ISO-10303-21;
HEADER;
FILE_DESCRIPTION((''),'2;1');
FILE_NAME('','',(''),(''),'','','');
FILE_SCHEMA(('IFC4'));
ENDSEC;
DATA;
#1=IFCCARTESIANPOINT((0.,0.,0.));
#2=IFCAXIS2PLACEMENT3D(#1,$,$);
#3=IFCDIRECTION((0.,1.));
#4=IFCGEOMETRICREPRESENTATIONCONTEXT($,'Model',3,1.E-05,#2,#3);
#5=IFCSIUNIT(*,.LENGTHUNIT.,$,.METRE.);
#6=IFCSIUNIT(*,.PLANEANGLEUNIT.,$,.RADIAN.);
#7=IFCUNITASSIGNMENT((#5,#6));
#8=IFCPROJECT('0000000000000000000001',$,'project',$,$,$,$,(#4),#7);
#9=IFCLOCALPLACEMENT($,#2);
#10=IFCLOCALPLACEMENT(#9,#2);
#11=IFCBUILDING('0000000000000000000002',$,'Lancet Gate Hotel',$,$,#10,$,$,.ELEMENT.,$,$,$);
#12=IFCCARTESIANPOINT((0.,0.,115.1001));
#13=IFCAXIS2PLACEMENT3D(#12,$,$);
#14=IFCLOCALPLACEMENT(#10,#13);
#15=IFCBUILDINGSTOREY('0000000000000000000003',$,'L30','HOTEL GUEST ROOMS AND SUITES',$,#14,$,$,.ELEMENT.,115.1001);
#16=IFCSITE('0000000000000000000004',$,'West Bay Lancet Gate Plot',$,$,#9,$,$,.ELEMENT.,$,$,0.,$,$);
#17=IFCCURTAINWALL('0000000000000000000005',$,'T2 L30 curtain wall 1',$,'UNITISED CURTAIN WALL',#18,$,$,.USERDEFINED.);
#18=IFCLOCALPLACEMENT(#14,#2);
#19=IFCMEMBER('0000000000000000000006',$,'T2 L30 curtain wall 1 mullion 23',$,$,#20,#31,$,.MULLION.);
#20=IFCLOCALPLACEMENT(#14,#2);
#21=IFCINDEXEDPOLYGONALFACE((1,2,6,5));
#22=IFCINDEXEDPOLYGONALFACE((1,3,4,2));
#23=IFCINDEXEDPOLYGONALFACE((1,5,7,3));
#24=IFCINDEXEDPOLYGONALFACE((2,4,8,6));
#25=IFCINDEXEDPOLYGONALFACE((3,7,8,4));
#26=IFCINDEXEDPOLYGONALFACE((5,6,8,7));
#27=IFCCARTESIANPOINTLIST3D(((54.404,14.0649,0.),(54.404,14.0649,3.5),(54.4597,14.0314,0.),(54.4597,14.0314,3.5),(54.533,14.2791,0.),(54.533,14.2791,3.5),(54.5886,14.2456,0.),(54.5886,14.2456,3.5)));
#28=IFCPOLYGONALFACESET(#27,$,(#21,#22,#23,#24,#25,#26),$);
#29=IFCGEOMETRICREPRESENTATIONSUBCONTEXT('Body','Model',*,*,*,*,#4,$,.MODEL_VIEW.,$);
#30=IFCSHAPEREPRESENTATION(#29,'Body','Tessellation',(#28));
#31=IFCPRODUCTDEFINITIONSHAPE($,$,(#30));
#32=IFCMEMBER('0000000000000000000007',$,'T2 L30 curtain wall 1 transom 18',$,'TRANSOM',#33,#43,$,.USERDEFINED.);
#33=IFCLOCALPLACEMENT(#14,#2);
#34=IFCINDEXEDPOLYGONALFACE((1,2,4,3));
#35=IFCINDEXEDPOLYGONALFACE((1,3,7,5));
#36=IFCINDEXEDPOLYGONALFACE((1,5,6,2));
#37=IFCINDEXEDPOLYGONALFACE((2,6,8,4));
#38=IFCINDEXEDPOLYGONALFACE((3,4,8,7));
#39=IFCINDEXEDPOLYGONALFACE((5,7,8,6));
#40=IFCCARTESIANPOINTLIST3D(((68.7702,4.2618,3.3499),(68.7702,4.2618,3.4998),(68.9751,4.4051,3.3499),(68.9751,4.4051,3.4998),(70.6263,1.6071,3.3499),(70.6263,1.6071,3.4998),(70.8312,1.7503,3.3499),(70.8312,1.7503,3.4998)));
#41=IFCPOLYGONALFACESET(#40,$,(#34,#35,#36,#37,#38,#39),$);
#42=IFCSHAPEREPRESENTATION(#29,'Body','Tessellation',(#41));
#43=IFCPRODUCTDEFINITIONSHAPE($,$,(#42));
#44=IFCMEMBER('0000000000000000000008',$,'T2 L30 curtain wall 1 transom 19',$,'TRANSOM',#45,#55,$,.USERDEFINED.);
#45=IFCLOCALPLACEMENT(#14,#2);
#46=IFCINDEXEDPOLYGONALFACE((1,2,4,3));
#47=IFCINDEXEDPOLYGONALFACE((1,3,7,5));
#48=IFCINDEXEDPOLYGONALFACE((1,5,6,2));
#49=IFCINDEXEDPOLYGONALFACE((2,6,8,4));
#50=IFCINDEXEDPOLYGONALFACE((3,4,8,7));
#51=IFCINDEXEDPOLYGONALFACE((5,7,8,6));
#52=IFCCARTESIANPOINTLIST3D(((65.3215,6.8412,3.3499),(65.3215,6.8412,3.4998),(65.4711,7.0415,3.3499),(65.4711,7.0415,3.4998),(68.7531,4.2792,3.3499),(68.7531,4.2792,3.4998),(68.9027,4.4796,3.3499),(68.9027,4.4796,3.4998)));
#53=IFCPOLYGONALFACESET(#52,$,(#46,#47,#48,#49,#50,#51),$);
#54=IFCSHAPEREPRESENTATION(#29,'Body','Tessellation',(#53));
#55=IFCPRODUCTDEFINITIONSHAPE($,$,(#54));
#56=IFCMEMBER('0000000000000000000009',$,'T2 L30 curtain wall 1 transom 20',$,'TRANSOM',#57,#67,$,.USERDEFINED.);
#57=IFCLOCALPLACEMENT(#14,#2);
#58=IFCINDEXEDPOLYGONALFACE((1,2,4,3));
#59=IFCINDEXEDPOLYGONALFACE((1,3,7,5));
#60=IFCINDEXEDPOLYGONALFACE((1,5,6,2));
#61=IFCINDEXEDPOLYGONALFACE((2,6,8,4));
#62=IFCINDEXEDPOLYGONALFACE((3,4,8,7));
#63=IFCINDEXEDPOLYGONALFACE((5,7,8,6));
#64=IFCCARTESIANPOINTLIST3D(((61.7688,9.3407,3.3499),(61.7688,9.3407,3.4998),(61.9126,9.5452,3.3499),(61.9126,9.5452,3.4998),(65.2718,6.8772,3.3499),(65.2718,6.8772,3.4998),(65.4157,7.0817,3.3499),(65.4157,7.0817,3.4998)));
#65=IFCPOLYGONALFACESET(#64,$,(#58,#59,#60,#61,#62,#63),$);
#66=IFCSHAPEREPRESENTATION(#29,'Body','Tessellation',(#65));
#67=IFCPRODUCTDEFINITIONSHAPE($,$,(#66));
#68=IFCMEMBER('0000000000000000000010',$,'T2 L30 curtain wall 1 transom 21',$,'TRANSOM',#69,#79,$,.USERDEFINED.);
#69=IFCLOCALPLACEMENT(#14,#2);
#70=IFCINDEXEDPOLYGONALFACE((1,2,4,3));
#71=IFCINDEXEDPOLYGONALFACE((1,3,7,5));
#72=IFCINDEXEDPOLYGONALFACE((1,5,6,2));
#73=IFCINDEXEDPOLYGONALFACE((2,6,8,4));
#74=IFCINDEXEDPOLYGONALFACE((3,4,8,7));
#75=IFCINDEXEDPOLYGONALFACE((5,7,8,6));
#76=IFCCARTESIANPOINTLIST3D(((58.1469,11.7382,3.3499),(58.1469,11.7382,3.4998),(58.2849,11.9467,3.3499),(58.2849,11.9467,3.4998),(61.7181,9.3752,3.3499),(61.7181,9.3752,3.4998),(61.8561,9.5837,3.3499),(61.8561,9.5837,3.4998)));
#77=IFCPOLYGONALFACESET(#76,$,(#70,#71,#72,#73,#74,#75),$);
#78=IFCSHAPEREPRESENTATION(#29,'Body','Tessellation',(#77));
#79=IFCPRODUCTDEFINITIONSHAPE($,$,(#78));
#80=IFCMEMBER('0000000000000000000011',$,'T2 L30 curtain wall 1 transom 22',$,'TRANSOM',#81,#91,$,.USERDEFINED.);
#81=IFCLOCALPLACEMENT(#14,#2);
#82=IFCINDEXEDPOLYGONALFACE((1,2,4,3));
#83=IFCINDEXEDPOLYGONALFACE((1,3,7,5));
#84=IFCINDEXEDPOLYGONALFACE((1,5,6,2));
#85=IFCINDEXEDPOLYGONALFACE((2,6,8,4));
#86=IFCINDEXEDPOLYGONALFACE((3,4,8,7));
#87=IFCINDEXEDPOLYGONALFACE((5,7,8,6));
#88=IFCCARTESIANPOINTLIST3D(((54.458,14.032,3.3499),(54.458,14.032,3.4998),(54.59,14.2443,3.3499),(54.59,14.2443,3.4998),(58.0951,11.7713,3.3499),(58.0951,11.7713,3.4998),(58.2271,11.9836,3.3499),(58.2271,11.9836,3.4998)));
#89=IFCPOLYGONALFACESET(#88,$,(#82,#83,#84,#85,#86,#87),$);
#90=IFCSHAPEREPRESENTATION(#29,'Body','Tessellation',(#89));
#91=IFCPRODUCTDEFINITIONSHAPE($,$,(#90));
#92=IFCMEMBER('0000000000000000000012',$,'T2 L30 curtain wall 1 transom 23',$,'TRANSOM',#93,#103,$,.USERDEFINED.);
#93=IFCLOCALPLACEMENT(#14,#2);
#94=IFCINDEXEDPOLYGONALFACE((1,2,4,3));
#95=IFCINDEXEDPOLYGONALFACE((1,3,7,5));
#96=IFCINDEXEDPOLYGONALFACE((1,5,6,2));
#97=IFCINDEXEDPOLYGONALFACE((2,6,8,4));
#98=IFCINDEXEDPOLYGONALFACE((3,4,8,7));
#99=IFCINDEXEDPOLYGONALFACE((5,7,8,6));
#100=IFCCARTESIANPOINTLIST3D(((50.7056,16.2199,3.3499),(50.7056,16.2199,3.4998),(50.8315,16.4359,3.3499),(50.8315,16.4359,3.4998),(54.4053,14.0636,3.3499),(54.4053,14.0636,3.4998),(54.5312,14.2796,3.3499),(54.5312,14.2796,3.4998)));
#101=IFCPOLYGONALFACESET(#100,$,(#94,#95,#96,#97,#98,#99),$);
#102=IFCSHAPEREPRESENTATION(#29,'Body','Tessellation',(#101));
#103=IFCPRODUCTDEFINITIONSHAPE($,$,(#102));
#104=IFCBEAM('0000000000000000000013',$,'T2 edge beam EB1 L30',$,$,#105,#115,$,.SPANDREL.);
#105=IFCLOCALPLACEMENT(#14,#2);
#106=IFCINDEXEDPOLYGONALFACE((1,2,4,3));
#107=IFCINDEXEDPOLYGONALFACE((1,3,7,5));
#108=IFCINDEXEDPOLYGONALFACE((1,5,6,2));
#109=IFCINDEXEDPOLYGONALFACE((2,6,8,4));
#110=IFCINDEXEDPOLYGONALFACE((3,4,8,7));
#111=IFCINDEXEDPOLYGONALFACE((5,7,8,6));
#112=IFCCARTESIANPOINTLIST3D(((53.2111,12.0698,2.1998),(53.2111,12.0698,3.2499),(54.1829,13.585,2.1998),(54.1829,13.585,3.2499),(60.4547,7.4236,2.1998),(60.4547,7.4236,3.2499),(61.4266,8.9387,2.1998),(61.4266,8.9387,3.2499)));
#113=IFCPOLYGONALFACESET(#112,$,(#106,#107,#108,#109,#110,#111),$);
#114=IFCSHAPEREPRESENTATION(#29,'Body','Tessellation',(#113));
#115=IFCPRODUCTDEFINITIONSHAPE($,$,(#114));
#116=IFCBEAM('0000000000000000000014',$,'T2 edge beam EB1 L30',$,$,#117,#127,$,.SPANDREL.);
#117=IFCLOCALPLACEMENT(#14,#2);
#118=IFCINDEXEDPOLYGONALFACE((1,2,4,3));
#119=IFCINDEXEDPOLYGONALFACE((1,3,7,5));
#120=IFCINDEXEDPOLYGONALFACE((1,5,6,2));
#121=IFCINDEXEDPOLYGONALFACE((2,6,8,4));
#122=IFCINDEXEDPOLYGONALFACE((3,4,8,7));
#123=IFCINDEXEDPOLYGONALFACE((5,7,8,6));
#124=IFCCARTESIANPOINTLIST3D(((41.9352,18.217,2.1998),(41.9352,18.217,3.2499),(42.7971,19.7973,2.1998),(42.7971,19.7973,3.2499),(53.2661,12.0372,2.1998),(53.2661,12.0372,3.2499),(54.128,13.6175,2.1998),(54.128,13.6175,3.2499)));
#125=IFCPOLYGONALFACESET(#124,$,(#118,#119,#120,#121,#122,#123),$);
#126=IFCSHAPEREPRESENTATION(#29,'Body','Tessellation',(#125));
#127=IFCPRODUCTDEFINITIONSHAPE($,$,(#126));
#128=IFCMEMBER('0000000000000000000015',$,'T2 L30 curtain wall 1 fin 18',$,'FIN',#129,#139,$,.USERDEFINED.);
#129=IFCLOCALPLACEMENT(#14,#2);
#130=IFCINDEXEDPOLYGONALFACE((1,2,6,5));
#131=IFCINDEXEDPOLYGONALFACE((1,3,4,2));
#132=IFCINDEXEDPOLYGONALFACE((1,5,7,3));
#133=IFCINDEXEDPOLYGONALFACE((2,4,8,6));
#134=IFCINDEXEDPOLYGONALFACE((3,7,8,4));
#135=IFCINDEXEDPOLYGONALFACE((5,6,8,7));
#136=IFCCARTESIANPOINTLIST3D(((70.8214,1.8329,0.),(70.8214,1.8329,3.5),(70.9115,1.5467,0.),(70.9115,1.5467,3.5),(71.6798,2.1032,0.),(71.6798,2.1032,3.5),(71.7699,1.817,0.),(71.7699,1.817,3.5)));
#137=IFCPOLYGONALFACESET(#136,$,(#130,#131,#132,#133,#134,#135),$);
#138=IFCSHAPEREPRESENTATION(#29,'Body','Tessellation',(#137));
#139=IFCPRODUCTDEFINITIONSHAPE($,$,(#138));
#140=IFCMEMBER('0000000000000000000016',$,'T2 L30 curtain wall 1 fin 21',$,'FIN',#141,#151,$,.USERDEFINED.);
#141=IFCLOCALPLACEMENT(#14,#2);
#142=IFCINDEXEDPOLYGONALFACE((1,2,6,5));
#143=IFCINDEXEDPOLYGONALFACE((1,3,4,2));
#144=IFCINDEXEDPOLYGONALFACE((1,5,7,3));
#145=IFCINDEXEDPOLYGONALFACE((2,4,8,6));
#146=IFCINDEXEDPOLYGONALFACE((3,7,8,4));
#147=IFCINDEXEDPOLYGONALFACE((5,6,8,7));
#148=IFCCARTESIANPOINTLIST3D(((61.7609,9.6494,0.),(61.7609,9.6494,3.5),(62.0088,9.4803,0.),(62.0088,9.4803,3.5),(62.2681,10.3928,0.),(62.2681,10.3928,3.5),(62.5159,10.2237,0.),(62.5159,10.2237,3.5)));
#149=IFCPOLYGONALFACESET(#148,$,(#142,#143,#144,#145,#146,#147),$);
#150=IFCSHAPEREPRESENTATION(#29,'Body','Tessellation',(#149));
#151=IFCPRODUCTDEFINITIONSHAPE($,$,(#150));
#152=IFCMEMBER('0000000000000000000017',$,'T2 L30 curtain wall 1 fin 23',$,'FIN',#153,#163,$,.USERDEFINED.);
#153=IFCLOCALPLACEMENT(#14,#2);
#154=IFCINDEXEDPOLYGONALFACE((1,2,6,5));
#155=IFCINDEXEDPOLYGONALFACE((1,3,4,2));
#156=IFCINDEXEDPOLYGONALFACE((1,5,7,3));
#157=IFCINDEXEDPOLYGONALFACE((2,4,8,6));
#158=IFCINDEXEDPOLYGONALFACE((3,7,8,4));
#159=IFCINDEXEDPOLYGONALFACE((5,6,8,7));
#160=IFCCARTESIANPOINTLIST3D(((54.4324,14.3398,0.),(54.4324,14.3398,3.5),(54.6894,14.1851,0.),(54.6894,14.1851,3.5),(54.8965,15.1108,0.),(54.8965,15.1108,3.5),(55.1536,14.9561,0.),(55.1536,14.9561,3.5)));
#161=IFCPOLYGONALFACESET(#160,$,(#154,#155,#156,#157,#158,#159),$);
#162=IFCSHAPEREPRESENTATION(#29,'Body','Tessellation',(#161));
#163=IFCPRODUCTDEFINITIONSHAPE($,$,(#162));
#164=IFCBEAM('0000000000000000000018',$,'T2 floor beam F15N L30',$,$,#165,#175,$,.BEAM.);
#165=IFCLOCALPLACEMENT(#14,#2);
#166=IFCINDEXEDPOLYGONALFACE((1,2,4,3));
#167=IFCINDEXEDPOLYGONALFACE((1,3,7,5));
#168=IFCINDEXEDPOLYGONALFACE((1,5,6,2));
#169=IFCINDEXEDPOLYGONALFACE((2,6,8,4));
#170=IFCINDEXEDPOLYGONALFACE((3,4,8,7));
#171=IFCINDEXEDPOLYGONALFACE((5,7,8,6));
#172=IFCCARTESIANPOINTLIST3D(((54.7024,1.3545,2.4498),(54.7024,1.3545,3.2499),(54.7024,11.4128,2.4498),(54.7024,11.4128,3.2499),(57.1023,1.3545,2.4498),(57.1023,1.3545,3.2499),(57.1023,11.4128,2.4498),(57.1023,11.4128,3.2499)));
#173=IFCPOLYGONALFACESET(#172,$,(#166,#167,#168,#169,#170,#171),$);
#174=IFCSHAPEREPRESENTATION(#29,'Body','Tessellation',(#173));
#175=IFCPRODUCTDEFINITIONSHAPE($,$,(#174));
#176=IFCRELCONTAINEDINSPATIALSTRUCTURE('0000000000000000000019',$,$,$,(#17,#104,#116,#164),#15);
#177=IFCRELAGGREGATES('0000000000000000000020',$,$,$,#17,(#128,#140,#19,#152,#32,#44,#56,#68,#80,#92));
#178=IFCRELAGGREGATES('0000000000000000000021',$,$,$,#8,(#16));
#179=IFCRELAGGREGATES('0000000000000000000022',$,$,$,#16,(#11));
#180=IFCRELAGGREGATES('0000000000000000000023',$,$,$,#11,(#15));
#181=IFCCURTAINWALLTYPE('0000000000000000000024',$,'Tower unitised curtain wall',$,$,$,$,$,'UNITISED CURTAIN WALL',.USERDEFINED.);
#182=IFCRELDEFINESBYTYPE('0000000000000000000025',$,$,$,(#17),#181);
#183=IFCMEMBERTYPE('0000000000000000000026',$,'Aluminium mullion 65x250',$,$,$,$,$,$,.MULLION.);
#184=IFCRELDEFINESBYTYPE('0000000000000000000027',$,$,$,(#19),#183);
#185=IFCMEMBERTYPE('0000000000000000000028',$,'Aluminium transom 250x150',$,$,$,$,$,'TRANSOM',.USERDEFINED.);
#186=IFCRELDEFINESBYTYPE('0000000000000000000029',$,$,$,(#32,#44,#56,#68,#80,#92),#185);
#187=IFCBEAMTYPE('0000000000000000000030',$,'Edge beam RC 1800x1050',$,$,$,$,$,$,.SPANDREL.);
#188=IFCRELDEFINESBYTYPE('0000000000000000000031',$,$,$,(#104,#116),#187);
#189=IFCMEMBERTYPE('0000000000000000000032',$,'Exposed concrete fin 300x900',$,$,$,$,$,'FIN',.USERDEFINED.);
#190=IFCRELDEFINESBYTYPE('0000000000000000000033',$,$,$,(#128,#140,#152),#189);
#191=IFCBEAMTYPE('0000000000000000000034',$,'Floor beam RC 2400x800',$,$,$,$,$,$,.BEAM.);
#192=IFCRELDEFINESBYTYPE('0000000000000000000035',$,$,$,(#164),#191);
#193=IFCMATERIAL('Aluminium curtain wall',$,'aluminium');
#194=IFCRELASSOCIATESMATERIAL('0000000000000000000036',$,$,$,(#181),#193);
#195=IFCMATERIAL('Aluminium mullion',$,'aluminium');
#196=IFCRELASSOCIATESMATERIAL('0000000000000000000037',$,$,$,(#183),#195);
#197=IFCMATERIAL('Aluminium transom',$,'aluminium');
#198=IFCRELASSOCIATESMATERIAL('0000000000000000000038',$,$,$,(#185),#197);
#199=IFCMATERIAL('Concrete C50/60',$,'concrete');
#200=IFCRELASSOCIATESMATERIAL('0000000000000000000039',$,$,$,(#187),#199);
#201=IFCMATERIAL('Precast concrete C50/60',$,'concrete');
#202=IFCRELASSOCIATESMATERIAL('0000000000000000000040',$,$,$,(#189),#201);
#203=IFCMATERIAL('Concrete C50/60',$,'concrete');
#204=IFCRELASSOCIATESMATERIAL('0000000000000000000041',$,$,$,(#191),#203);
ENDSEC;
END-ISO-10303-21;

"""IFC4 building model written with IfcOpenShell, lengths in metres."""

from ifc_helpers import new_model, si_unit, direction, frame, origin, origin_2d, place, context, subcontext, project, spatial, rectangle, extrude, material, material_profile, profile_set, type_object, element, aggregate, save


model = new_model("IFC4")

# Units and contexts
model_context = context("Model", 3, precision=1e-05, world=origin(), true_north=direction((0.0, 1.0)))
body_context = subcontext(model_context, "Body", "Model", "MODEL_VIEW")
ifc_project = project(units=[si_unit("LENGTHUNIT", "METRE"), si_unit("PLANEANGLEUNIT", "RADIAN")], contexts=[model_context])

# Site, building, storey
site_placement = place(None, origin())
site = spatial("IfcSite", under=ifc_project, at=site_placement, Name="West Bay Lancet Gate Plot", CompositionType="ELEMENT", RefElevation=0.0)
building_placement = place(site_placement, origin())
building = spatial("IfcBuilding", under=site, at=building_placement, Name="Lancet Gate Hotel", CompositionType="ELEMENT")
storey_placement = place(building_placement, frame((0.0, 0.0, 115.1001)))
storey = spatial("IfcBuildingStorey", under=building, at=storey_placement, Name="L30", Description="HOTEL GUEST ROOMS AND SUITES", CompositionType="ELEMENT", Elevation=115.1001)

# Curtain wall, members
ifc_material_1 = material(Name="Aluminium curtain wall", Category="aluminium")
curtain_wall_type = type_object("IfcCurtainWallType", Name="Tower unitised curtain wall", ElementType="UNITISED CURTAIN WALL", PredefinedType="USERDEFINED", material=ifc_material_1)
curtain_wall_placement = place(storey_placement, origin())
curtain_wall = element("IfcCurtainWall", 1, at=curtain_wall_placement, inside=storey, type_object=curtain_wall_type, Name="T2 L30 curtain wall 1", ObjectType="UNITISED CURTAIN WALL", PredefinedType="USERDEFINED")
ifc_material_2 = material(Name="Aluminium mullion", Category="aluminium")
ifc_material_profile_1 = material_profile(ifc_material_2, rectangle(XDim=0.0649, YDim=0.25, at=origin_2d()), Name="MULLION 65x250")
ifc_profile_set_1 = profile_set([ifc_material_profile_1], Name="Aluminium mullion")
member_type_1 = type_object("IfcMemberType", Name="Aluminium mullion 65x250", PredefinedType="MULLION", material=ifc_profile_set_1)
member_1_placement = place(storey_placement, frame((54.4963, 14.1553, 0.0), z_axis=(0.0, 0.0, 1.0), x_axis=(-0.856728, 0.515768, 0.0)))
member_1 = element("IfcMember", 2, at=member_1_placement, type_object=member_type_1, Name="T2 L30 curtain wall 1 mullion 23", PredefinedType="MULLION", context=body_context, shape_type="SweptSolid", body=[
    extrude(rectangle(XDim=0.0649, YDim=0.25, at=origin_2d()), origin(), (0.0, 0.0, 1.0), 3.5),
])
ifc_material_3 = material(Name="Aluminium transom", Category="aluminium")
ifc_material_profile_2 = material_profile(ifc_material_3, rectangle(XDim=0.25, YDim=0.1499, at=origin_2d()), Name="TRANSOM 250x150")
ifc_profile_set_2 = profile_set([ifc_material_profile_2], Name="Aluminium transom")
member_type_2 = type_object("IfcMemberType", Name="Aluminium transom 250x150", ElementType="TRANSOM", PredefinedType="USERDEFINED", material=ifc_profile_set_2)
member_2_placement = place(storey_placement, frame((70.7288, 1.6787, 3.4248), z_axis=(-0.573017, 0.819543, 0.0), x_axis=(-0.819543, -0.573017, 0.0)))
member_2 = element("IfcMember", 3, at=member_2_placement, type_object=member_type_2, Name="T2 L30 curtain wall 1 transom 18", ObjectType="TRANSOM", PredefinedType="USERDEFINED", context=body_context, shape_type="SweptSolid", body=[
    extrude(rectangle(XDim=0.25, YDim=0.1499, at=origin_2d()), origin(), (0.0, 0.0, 1.0), 3.2393),
])
member_3_placement = place(storey_placement, frame((68.8279, 4.3794, 3.4248), z_axis=(-0.801312, 0.598247, 0.0), x_axis=(-0.598247, -0.801312, 0.0)))
member_3 = element("IfcMember", 4, at=member_3_placement, type_object=member_type_2, Name="T2 L30 curtain wall 1 transom 19", ObjectType="TRANSOM", PredefinedType="USERDEFINED", context=body_context, shape_type="SweptSolid", body=[
    extrude(rectangle(XDim=0.25, YDim=0.1499, at=origin_2d()), origin(), (0.0, 0.0, 1.0), 4.2825),
])
member_4_placement = place(storey_placement, frame((65.3438, 6.9795, 3.4248), z_axis=(-0.817987, 0.575236, 0.0), x_axis=(-0.575236, -0.817987, 0.0)))
member_4 = element("IfcMember", 5, at=member_4_placement, type_object=member_type_2, Name="T2 L30 curtain wall 1 transom 20", ObjectType="TRANSOM", PredefinedType="USERDEFINED", context=body_context, shape_type="SweptSolid", body=[
    extrude(rectangle(XDim=0.25, YDim=0.1499, at=origin_2d()), origin(), (0.0, 0.0, 1.0), 4.2825),
])
member_5_placement = place(storey_placement, frame((61.7871, 9.4795, 3.4248), z_axis=(-0.833966, 0.551816, 0.0), x_axis=(-0.551816, -0.833966, 0.0)))
member_5 = element("IfcMember", 6, at=member_5_placement, type_object=member_type_2, Name="T2 L30 curtain wall 1 transom 21", ObjectType="TRANSOM", PredefinedType="USERDEFINED", context=body_context, shape_type="SweptSolid", body=[
    extrude(rectangle(XDim=0.25, YDim=0.1499, at=origin_2d()), origin(), (0.0, 0.0, 1.0), 4.2822),
])
member_6_placement = place(storey_placement, frame((58.1611, 11.8774, 3.4248), z_axis=(-0.849309, 0.527896, 0.0), x_axis=(-0.527896, -0.849309, 0.0)))
member_6 = element("IfcMember", 7, at=member_6_placement, type_object=member_type_2, Name="T2 L30 curtain wall 1 transom 22", ObjectType="TRANSOM", PredefinedType="USERDEFINED", context=body_context, shape_type="SweptSolid", body=[
    extrude(rectangle(XDim=0.25, YDim=0.1499, at=origin_2d()), origin(), (0.0, 0.0, 1.0), 4.2825),
])
member_7_placement = place(storey_placement, frame((54.4683, 14.1716, 3.4248), z_axis=(-0.863973, 0.503538, 0.0), x_axis=(-0.503538, -0.863973, 0.0)))
member_7 = element("IfcMember", 8, at=member_7_placement, type_object=member_type_2, Name="T2 L30 curtain wall 1 transom 23", ObjectType="TRANSOM", PredefinedType="USERDEFINED", context=body_context, shape_type="SweptSolid", body=[
    extrude(rectangle(XDim=0.25, YDim=0.1499, at=origin_2d()), origin(), (0.0, 0.0, 1.0), 4.2822),
])

# Beams
ifc_material_4 = material(Name="Concrete C50/60", Category="concrete")
ifc_material_profile_3 = material_profile(ifc_material_4, rectangle(XDim=1.8, YDim=1.05, at=origin_2d()), Name="RC 1800x1050")
ifc_profile_set_3 = profile_set([ifc_material_profile_3], Name="Concrete C50/60")
beam_type_1 = type_object("IfcBeamType", Name="Edge beam RC 1800x1050", PredefinedType="SPANDREL", material=ifc_profile_set_3)
beam_1_placement = place(storey_placement, frame((60.9407, 8.1812, 2.7249), z_axis=(-0.841727, 0.539903, 0.0), x_axis=(-0.539903, -0.841727, 0.0)))
element("IfcBeam", 9, at=beam_1_placement, inside=storey, type_object=beam_type_1, Name="T2 edge beam EB1 L30", PredefinedType="SPANDREL", context=body_context, shape_type="SweptSolid", body=[
    extrude(rectangle(XDim=1.8, YDim=1.05, at=origin_2d()), origin(), (0.0, 0.0, 1.0), 8.6057),
])
beam_2_placement = place(storey_placement, frame((53.697, 12.8274, 2.7249), z_axis=(-0.87792, 0.478807, 0.0), x_axis=(-0.478807, -0.87792, 0.0)))
element("IfcBeam", 10, at=beam_2_placement, inside=storey, type_object=beam_type_1, Name="T2 edge beam EB1 L30", PredefinedType="SPANDREL", context=body_context, shape_type="SweptSolid", body=[
    extrude(rectangle(XDim=1.8, YDim=1.05, at=origin_2d()), origin(), (0.0, 0.0, 1.0), 12.9065),
])

# Members
ifc_material_5 = material(Name="Precast concrete C50/60", Category="concrete")
ifc_material_profile_4 = material_profile(ifc_material_5, rectangle(XDim=0.3, YDim=0.8999, at=origin_2d()), Name="FIN 300x900")
ifc_profile_set_4 = profile_set([ifc_material_profile_4], Name="Precast concrete C50/60")
member_type_3 = type_object("IfcMemberType", Name="Exposed concrete fin 300x900", ElementType="FIN", PredefinedType="USERDEFINED", material=ifc_profile_set_4)
member_8_placement = place(storey_placement, frame((71.2957, 1.825, 0.0), z_axis=(0.0, 0.0, 1.0), x_axis=(-0.300385, 0.953818, 0.0)))
member_8 = element("IfcMember", 11, at=member_8_placement, type_object=member_type_3, Name="T2 L30 curtain wall 1 fin 18", ObjectType="FIN", PredefinedType="USERDEFINED", context=body_context, shape_type="SweptSolid", body=[
    extrude(rectangle(XDim=0.3, YDim=0.8999, at=origin_2d()), origin(), (0.0, 0.0, 1.0), 3.5),
])
member_9_placement = place(storey_placement, frame((62.1384, 9.9365, 0.0), z_axis=(0.0, 0.0, 1.0), x_axis=(-0.826066, 0.563574, 0.0)))
member_9 = element("IfcMember", 12, at=member_9_placement, type_object=member_type_3, Name="T2 L30 curtain wall 1 fin 21", ObjectType="FIN", PredefinedType="USERDEFINED", context=body_context, shape_type="SweptSolid", body=[
    extrude(rectangle(XDim=0.3, YDim=0.8999, at=origin_2d()), origin(), (0.0, 0.0, 1.0), 3.5),
])
member_10_placement = place(storey_placement, frame((54.793, 14.6479, 0.0), z_axis=(0.0, 0.0, 1.0), x_axis=(-0.856728, 0.515768, 0.0)))
member_10 = element("IfcMember", 13, at=member_10_placement, type_object=member_type_3, Name="T2 L30 curtain wall 1 fin 23", ObjectType="FIN", PredefinedType="USERDEFINED", context=body_context, shape_type="SweptSolid", body=[
    extrude(rectangle(XDim=0.3, YDim=0.8999, at=origin_2d()), origin(), (0.0, 0.0, 1.0), 3.5),
])

# Beam
ifc_material_6 = material(Name="Concrete C50/60", Category="concrete")
ifc_material_profile_5 = material_profile(ifc_material_6, rectangle(XDim=2.3999, YDim=0.8, at=origin_2d()), Name="RC 2400x800")
ifc_profile_set_5 = profile_set([ifc_material_profile_5], Name="Concrete C50/60")
beam_type_2 = type_object("IfcBeamType", Name="Floor beam RC 2400x800", PredefinedType="BEAM", material=ifc_profile_set_5)
beam_3_placement = place(storey_placement, frame((55.9023, 1.3545, 2.8499), z_axis=(0.0, 1.0, 0.0), x_axis=(-1.0, 0.0, 0.0)))
element("IfcBeam", 14, at=beam_3_placement, inside=storey, type_object=beam_type_2, Name="T2 floor beam F15N L30", PredefinedType="BEAM", context=body_context, shape_type="SweptSolid", body=[
    extrude(rectangle(XDim=2.3999, YDim=0.8, at=origin_2d()), origin(), (0.0, 0.0, 1.0), 10.0583),
])

aggregate(curtain_wall, [member_8, member_9, member_1, member_10, member_2, member_3, member_4, member_5, member_6, member_7])

save(model, "model.ifc")
